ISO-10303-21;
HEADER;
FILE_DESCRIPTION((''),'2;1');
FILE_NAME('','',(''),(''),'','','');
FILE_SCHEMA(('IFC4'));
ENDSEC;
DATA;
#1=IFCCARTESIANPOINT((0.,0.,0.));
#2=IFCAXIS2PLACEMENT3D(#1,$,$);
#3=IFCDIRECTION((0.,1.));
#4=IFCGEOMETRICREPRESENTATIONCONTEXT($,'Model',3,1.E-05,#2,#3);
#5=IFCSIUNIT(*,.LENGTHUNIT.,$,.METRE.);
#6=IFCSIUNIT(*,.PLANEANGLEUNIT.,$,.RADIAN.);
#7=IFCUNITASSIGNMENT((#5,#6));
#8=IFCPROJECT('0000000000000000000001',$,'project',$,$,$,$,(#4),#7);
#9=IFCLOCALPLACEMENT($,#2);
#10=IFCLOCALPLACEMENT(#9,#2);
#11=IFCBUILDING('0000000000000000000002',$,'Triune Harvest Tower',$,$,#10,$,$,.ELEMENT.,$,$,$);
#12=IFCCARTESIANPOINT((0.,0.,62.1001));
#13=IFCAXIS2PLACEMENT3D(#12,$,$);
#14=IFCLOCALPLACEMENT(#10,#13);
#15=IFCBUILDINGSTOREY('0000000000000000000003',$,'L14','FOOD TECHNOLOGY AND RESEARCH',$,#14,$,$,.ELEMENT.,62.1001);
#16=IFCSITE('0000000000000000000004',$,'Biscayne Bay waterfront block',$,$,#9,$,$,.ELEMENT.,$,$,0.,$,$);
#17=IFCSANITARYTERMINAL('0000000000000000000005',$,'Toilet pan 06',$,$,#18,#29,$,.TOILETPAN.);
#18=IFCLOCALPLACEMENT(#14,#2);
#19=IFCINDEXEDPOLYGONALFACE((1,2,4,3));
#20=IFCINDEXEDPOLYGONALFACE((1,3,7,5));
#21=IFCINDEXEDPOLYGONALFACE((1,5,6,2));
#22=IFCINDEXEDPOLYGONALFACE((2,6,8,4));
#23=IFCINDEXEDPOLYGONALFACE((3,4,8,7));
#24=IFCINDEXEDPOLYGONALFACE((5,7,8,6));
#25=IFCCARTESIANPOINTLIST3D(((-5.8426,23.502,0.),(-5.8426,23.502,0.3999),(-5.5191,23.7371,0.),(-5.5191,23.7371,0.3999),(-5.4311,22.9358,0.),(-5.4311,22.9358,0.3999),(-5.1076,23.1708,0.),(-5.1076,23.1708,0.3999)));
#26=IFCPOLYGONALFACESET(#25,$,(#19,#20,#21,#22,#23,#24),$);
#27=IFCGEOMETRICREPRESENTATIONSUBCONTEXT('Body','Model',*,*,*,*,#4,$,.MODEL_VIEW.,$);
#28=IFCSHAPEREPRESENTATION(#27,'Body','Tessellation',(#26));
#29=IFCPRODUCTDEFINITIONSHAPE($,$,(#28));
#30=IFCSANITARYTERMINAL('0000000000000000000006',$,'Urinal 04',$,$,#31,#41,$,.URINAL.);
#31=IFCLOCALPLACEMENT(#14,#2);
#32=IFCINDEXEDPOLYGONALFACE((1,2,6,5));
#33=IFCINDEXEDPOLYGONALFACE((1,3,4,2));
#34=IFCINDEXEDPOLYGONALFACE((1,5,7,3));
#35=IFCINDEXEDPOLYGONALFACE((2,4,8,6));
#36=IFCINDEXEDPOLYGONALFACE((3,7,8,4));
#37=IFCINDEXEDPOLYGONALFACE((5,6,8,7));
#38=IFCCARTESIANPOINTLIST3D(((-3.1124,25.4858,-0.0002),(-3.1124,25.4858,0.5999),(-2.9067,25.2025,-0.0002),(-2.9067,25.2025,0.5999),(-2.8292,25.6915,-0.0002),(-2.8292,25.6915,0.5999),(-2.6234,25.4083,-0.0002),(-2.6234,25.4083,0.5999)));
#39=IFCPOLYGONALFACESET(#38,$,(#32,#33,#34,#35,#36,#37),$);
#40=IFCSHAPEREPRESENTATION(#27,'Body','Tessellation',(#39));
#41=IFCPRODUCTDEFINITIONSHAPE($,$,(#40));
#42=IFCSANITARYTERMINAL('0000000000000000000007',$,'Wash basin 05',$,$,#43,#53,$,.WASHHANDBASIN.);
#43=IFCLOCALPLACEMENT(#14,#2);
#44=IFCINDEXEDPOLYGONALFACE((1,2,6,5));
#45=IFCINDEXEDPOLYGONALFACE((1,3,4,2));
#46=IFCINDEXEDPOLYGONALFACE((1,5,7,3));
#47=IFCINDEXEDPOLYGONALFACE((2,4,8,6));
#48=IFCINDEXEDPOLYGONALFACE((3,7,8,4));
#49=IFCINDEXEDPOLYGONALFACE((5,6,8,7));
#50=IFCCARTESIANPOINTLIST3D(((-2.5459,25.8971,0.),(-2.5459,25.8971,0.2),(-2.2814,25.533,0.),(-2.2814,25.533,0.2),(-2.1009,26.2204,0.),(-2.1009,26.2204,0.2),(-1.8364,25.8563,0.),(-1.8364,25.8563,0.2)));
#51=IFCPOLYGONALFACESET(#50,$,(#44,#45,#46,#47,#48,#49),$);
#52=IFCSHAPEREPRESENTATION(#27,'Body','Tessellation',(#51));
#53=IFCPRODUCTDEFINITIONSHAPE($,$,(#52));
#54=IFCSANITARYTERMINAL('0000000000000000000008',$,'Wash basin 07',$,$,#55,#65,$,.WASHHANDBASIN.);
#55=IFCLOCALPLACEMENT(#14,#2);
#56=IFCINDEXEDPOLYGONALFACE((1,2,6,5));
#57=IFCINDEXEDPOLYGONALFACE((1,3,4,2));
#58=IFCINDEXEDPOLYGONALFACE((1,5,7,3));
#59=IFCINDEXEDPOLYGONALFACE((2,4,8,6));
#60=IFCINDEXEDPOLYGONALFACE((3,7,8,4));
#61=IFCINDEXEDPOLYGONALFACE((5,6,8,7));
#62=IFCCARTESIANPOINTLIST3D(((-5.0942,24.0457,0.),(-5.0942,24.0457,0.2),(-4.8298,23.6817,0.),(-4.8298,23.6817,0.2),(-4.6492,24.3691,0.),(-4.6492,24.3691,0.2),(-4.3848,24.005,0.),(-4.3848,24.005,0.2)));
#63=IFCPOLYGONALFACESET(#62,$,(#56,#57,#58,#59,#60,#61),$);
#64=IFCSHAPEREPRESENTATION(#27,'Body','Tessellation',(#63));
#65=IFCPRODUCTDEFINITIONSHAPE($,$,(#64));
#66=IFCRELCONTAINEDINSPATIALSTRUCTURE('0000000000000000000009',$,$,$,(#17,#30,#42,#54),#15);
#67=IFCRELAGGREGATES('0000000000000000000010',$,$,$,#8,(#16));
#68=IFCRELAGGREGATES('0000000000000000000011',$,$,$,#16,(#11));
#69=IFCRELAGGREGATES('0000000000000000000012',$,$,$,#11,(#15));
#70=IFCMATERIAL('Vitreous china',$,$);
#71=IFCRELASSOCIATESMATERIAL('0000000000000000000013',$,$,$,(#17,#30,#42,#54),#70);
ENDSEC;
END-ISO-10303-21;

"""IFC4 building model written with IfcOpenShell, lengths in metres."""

from ifc_helpers import new_model, si_unit, direction, frame, origin, origin_2d, place, context, subcontext, project, spatial, rectangle, extrude, source, transform, mapped, material, element, save


model = new_model("IFC4")

# Units and contexts
model_context = context("Model", 3, precision=1e-05, world=origin(), true_north=direction((0.0, 1.0)))
body_context = subcontext(model_context, "Body", "Model", "MODEL_VIEW")
ifc_project = project(units=[si_unit("LENGTHUNIT", "METRE"), si_unit("PLANEANGLEUNIT", "RADIAN")], contexts=[model_context])

# Site, building, storey
site_placement = place(None, origin())
site = spatial("IfcSite", under=ifc_project, at=site_placement, Name="Biscayne Bay waterfront block", CompositionType="ELEMENT", RefElevation=0.0)
building_placement = place(site_placement, origin())
building = spatial("IfcBuilding", under=site, at=building_placement, Name="Triune Harvest Tower", CompositionType="ELEMENT")
storey_placement = place(building_placement, frame((0.0, 0.0, 62.1001)))
storey = spatial("IfcBuildingStorey", under=building, at=storey_placement, Name="L14", Description="FOOD TECHNOLOGY AND RESEARCH", CompositionType="ELEMENT", Elevation=62.1001)

# Sanitary terminals
ifc_material_1 = material(Name="Vitreous china")
shared_shape_1 = source(origin(), body_context, "Body", "SweptSolid", [
    extrude(rectangle(XDim=0.3999, YDim=0.7, at=origin_2d()), origin(), (0.0, 0.0, 1.0), 0.3999),
])
for number, where, z_axis, x_axis, name in (
    (1, (-5.4751, 23.3364, 0.0), (0.0, 0.0, 1.0), (0.809007, 0.587799, 0.0), "Toilet pan 06"),
):
    element("IfcSanitaryTerminal", number, at=place(storey_placement, frame(where, z_axis=z_axis, x_axis=x_axis)), inside=storey, material=ifc_material_1, Name=name, PredefinedType="TOILETPAN", context=body_context, shape_type="MappedRepresentation", body=[
        mapped(shared_shape_1, transform((0.0, 0.0, 0.0), scale=1.0)),
    ])
shared_shape_2 = source(origin(), body_context, "Body", "SweptSolid", [
    extrude(rectangle(XDim=0.3501, YDim=0.3501, at=origin_2d()), origin(), (0.0, 0.0, 1.0), 0.6001),
])
sanitary_terminal_placement = place(storey_placement, frame((-2.8679, 25.447, -0.0002), z_axis=(0.0, 0.0, 1.0), x_axis=(0.809027, 0.587771, 0.0)))
element("IfcSanitaryTerminal", 2, at=sanitary_terminal_placement, inside=storey, material=ifc_material_1, Name="Urinal 04", PredefinedType="URINAL", context=body_context, shape_type="MappedRepresentation", body=[
    mapped(shared_shape_2, transform((0.0, 0.0, 0.0), scale=1.0)),
])
shared_shape_3 = source(origin(), body_context, "Body", "SweptSolid", [
    extrude(rectangle(XDim=0.55, YDim=0.45, at=origin_2d()), origin(), (0.0, 0.0, 1.0), 0.2),
])
for number, where, z_axis, x_axis, name in (
    (3, (-2.1912, 25.8767, 0.0), (0.0, 0.0, 1.0), (0.809027, 0.587771, 0.0), "Wash basin 05"),
    (4, (-4.7395, 24.0254, 0.0), (0.0, 0.0, 1.0), (0.809007, 0.587799, 0.0), "Wash basin 07"),
):
    element("IfcSanitaryTerminal", number, at=place(storey_placement, frame(where, z_axis=z_axis, x_axis=x_axis)), inside=storey, material=ifc_material_1, Name=name, PredefinedType="WASHHANDBASIN", context=body_context, shape_type="MappedRepresentation", body=[
        mapped(shared_shape_3, transform((0.0, 0.0, 0.0), scale=1.0)),
    ])

save(model, "model.ifc")
